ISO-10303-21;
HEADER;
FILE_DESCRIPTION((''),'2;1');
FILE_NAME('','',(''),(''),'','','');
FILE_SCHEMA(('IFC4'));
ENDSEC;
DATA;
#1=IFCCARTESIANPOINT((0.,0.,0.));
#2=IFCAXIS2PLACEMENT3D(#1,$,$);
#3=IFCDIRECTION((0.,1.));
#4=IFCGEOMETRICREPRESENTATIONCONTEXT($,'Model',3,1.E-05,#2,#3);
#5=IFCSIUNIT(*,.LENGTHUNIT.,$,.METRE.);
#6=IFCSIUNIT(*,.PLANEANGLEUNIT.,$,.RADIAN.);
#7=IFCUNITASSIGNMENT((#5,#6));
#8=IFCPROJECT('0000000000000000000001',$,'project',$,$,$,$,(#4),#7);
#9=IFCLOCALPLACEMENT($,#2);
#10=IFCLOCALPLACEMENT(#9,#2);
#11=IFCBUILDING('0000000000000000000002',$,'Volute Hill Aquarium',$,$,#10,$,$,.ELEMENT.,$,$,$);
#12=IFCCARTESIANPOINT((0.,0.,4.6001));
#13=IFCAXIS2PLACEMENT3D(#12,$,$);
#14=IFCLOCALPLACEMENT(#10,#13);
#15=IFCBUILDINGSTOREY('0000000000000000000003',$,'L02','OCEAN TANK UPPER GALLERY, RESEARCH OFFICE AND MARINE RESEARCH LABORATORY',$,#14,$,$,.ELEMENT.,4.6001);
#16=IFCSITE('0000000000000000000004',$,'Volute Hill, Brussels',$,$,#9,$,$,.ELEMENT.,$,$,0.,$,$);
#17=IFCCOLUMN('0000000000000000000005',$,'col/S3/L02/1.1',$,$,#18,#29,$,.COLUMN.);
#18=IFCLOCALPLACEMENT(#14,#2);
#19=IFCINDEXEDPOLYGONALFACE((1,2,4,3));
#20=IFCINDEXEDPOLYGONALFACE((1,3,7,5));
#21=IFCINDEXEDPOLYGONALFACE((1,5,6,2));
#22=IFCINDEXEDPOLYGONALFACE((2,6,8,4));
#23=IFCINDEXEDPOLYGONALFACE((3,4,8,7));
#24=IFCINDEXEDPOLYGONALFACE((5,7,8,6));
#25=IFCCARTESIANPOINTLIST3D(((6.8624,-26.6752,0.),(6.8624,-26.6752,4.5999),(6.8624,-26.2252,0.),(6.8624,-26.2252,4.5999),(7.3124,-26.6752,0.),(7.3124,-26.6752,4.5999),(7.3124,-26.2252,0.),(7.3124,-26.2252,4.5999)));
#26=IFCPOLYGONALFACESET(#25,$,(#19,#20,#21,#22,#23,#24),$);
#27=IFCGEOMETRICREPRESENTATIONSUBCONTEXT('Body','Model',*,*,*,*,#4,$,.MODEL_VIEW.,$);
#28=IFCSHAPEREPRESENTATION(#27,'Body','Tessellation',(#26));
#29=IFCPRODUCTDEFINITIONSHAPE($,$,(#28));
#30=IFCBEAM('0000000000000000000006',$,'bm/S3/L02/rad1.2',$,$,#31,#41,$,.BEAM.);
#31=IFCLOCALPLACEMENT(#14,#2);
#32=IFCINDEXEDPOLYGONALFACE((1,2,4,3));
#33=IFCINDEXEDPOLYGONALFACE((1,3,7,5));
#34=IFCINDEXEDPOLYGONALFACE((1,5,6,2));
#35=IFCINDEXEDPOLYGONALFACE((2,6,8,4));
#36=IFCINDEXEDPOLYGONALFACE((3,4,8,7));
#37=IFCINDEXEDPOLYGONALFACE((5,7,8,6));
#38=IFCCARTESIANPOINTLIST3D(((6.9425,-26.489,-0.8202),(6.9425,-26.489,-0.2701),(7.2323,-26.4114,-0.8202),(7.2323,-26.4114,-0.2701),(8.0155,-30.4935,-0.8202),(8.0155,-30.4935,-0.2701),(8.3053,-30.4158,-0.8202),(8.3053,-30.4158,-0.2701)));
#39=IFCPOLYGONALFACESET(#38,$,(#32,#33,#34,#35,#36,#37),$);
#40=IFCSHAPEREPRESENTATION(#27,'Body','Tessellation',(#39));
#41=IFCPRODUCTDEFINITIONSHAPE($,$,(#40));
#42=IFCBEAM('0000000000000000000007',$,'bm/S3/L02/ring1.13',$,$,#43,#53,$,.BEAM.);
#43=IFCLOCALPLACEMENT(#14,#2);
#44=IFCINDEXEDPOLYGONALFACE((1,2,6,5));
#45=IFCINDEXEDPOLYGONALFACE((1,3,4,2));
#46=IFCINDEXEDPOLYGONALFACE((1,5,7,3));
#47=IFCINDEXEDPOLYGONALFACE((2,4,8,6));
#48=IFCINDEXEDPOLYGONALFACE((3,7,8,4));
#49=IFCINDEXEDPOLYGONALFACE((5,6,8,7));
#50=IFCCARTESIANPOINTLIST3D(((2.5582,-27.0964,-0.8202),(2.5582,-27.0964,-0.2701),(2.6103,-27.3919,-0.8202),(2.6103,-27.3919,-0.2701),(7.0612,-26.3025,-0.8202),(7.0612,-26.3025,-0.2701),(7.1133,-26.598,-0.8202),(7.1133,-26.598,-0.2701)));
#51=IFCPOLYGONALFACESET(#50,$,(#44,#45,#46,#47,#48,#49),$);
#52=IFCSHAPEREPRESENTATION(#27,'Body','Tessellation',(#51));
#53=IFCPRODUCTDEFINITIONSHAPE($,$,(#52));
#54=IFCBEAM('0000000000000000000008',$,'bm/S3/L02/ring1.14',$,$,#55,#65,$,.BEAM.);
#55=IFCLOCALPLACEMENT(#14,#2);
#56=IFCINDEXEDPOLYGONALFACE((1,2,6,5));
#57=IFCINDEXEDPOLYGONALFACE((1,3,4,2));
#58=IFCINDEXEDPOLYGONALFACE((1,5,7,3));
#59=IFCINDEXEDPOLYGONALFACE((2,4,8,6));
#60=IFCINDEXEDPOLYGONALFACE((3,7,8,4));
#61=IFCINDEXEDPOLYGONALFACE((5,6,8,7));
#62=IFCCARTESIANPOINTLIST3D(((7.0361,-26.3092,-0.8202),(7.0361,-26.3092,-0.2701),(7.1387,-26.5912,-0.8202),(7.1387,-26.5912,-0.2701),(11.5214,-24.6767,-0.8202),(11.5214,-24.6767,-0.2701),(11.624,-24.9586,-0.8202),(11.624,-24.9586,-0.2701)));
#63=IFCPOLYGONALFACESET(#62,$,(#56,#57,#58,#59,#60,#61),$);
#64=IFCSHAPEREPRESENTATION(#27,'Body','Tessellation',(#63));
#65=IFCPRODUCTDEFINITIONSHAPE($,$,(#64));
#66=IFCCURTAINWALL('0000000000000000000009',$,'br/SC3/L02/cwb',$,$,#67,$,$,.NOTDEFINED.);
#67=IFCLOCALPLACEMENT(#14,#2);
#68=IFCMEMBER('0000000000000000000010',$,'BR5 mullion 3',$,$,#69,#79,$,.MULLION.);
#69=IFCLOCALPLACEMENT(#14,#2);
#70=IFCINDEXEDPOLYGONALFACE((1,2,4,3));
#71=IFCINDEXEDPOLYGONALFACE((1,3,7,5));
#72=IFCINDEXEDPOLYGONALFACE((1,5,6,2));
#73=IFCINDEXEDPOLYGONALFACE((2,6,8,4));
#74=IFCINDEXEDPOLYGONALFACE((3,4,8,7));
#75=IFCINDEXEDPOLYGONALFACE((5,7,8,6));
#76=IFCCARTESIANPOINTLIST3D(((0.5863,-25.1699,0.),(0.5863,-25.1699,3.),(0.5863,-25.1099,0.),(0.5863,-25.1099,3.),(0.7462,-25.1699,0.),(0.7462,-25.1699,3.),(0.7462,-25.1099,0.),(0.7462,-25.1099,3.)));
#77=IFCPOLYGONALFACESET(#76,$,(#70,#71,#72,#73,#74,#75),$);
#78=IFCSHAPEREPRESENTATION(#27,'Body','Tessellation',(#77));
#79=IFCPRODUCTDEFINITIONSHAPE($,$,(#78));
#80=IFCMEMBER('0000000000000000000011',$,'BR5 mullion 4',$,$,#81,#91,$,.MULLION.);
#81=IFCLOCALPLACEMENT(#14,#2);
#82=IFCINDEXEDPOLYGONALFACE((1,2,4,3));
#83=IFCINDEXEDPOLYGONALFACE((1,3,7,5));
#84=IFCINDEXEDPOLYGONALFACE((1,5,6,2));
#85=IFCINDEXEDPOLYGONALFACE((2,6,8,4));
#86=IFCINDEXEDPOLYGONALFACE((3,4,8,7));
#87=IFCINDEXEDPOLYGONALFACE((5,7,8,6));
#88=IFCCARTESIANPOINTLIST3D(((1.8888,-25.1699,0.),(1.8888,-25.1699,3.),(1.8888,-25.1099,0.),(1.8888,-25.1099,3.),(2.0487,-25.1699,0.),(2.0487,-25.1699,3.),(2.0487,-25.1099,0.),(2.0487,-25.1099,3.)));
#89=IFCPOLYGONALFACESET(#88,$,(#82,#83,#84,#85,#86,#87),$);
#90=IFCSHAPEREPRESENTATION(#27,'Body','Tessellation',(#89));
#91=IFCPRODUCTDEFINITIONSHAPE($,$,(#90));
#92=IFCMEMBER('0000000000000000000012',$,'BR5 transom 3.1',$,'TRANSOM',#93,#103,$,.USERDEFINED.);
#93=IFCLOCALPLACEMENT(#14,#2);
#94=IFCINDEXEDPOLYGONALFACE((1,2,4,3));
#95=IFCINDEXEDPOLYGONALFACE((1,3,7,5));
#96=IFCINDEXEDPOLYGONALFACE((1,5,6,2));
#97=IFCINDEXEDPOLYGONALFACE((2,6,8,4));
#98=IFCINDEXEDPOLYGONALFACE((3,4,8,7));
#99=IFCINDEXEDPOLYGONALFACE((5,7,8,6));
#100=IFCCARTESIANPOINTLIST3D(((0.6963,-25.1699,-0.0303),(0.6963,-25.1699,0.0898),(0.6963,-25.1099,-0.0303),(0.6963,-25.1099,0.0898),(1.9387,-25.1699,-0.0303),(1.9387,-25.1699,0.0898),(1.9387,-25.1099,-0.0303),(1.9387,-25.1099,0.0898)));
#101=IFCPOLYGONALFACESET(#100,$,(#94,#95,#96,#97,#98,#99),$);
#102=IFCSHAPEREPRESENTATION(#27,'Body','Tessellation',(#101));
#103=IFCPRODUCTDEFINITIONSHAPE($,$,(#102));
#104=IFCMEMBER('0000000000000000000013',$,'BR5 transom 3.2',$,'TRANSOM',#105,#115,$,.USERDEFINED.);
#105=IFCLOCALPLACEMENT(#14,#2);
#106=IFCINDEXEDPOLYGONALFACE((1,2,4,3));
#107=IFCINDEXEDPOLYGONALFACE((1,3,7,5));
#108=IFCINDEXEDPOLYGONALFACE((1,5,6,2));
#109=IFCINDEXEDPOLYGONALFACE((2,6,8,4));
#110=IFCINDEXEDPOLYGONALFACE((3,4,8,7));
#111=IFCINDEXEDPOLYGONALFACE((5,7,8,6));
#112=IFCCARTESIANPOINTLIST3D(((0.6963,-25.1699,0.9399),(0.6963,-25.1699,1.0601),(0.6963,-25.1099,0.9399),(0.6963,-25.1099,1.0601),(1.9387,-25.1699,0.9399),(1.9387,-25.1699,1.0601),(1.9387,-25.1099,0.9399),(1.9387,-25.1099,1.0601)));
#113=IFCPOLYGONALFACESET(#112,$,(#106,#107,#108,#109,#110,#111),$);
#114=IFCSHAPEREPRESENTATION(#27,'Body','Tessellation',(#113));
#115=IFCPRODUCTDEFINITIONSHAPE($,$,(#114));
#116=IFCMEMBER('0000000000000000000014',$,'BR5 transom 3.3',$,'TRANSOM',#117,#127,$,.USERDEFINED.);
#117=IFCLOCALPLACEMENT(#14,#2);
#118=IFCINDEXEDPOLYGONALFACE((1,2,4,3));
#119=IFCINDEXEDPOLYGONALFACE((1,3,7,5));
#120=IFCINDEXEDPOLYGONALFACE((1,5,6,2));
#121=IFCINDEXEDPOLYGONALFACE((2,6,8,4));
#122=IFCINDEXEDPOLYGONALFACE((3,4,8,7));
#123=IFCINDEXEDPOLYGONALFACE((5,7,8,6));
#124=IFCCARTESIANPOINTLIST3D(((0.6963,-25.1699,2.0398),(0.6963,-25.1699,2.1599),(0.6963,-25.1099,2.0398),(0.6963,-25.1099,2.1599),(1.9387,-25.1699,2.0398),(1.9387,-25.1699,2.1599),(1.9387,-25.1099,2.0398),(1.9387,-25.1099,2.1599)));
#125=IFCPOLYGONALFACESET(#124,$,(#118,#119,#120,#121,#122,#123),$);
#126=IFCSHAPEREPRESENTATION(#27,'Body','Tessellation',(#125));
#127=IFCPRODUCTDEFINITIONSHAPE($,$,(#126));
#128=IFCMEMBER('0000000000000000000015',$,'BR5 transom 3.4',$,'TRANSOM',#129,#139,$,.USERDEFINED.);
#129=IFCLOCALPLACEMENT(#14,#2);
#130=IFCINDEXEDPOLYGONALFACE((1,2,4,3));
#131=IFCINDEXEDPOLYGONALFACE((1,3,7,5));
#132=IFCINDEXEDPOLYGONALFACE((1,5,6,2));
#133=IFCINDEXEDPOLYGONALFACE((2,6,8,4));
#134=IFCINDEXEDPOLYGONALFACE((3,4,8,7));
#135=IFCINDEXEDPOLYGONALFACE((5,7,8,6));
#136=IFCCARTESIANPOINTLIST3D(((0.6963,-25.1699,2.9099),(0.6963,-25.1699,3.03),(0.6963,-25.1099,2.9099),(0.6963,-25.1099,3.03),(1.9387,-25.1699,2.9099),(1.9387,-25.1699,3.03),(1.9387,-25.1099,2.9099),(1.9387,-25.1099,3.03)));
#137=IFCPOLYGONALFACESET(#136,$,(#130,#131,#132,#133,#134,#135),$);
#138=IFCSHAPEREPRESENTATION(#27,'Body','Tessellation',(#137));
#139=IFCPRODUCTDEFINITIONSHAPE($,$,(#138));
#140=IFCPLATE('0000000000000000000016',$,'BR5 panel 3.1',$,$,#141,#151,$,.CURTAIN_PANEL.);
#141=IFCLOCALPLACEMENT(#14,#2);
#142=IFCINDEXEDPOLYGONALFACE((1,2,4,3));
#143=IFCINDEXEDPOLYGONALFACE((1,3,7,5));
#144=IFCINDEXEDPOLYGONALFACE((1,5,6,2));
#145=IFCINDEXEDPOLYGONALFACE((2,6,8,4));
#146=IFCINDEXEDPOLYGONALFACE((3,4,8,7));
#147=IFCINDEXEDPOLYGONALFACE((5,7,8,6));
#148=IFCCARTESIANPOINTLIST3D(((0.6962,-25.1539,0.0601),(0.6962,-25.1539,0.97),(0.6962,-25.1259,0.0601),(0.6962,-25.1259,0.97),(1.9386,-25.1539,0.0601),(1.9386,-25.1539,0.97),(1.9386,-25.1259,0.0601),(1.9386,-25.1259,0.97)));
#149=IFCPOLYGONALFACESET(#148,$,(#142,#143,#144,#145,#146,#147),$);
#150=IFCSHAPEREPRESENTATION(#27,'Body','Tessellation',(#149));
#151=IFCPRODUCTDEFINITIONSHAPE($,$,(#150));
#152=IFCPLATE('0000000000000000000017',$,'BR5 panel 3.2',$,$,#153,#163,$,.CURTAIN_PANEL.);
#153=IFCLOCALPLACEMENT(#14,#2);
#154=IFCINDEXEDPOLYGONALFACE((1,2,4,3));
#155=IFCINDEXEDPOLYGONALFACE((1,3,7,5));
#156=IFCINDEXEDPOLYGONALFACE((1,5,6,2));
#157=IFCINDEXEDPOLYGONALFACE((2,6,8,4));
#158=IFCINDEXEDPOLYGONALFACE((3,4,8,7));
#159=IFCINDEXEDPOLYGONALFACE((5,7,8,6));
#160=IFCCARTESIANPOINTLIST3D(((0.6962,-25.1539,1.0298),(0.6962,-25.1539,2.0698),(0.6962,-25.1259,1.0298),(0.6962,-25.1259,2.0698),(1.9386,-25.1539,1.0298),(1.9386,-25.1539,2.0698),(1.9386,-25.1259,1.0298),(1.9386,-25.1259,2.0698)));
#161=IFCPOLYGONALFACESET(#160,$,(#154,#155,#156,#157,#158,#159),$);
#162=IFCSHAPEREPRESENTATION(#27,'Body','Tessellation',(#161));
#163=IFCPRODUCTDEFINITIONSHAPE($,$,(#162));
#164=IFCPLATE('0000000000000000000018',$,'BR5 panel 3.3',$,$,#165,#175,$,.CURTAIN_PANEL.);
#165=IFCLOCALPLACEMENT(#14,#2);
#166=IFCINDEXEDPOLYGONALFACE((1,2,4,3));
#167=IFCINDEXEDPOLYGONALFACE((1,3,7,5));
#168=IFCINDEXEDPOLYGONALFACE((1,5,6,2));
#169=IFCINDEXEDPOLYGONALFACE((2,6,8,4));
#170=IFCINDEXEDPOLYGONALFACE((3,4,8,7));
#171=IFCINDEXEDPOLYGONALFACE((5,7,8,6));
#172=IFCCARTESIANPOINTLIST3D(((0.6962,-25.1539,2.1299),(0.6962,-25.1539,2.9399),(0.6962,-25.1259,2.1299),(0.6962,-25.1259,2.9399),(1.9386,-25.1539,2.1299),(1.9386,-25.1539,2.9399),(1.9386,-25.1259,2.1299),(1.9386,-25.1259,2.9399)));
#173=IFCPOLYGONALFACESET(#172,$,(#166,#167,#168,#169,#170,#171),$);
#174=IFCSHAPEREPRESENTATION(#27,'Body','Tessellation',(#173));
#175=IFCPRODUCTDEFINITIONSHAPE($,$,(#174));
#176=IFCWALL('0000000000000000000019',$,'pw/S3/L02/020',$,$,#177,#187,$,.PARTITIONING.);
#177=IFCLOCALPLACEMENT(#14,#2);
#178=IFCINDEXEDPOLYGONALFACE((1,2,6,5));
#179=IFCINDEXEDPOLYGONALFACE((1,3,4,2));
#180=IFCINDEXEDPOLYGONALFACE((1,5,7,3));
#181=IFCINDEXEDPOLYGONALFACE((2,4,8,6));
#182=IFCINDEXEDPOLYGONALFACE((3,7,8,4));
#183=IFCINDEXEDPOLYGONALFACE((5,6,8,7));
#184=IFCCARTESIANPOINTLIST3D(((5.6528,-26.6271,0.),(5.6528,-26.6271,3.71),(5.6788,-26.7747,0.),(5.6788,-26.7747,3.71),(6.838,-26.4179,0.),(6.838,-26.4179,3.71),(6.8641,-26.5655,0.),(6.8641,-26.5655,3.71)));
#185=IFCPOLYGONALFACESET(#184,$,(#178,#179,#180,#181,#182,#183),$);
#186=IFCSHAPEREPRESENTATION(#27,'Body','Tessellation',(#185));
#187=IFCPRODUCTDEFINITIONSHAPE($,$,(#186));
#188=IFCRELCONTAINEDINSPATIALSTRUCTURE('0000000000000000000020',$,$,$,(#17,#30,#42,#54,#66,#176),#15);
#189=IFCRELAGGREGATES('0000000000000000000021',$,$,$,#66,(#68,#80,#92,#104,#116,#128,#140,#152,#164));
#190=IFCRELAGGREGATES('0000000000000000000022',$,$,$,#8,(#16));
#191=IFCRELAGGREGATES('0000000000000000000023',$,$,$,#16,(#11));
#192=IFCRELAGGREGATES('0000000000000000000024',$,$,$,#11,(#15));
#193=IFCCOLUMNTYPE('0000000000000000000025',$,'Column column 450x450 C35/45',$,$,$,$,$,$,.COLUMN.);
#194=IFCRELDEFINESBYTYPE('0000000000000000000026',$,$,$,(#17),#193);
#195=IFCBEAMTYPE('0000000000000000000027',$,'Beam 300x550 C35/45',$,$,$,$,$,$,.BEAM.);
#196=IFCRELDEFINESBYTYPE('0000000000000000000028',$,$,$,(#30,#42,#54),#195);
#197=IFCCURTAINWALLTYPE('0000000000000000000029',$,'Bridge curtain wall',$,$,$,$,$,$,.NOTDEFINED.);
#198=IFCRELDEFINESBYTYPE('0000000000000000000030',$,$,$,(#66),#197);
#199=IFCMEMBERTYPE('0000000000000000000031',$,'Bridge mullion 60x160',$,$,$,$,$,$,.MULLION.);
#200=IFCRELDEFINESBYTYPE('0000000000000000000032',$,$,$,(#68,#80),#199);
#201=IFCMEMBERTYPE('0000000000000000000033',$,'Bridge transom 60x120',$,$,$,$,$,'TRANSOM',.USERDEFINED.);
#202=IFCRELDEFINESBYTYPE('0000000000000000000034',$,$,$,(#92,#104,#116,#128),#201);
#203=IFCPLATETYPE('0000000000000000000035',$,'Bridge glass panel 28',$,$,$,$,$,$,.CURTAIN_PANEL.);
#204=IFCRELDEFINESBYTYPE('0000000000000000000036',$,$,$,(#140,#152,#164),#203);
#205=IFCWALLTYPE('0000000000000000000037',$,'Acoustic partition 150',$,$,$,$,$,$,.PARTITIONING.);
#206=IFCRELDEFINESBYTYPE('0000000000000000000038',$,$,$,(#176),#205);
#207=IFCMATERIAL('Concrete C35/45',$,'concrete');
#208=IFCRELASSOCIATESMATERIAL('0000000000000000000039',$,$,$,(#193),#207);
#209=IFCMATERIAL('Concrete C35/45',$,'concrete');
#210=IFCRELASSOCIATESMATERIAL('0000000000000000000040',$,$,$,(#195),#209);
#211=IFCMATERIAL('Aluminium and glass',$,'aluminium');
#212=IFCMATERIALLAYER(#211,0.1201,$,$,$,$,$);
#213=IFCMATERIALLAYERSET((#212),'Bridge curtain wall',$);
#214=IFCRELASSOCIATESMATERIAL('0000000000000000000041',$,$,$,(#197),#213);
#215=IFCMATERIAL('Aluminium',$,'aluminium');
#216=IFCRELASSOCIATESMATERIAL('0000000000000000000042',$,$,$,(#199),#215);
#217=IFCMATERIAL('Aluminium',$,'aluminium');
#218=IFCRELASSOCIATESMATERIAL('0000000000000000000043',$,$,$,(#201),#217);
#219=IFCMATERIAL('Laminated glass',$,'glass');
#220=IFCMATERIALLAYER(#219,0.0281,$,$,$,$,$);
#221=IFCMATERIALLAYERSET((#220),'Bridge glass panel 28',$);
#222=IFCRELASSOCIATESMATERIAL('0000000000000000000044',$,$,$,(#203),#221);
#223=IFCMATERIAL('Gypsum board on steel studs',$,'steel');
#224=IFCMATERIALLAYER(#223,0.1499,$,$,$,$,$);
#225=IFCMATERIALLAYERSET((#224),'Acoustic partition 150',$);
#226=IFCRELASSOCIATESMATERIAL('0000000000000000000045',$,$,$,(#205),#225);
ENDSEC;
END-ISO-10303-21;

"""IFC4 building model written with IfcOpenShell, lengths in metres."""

from ifc_helpers import new_model, si_unit, direction, frame, frame_2d, origin, origin_2d, place, context, subcontext, project, spatial, rectangle, extrude, material, layer, layer_set, material_profile, profile_set, type_object, element, aggregate, save


model = new_model("IFC4")

# Units and contexts
model_context = context("Model", 3, precision=1e-05, world=origin(), true_north=direction((0.0, 1.0)))
body_context = subcontext(model_context, "Body", "Model", "MODEL_VIEW")
ifc_project = project(units=[si_unit("LENGTHUNIT", "METRE"), si_unit("PLANEANGLEUNIT", "RADIAN")], contexts=[model_context])

# Site, building, storey
site_placement = place(None, origin())
site = spatial("IfcSite", under=ifc_project, at=site_placement, Name="Volute Hill, Brussels", CompositionType="ELEMENT", RefElevation=0.0)
building_placement = place(site_placement, origin())
building = spatial("IfcBuilding", under=site, at=building_placement, Name="Volute Hill Aquarium", CompositionType="ELEMENT")
storey_placement = place(building_placement, frame((0.0, 0.0, 4.6001)))
storey = spatial("IfcBuildingStorey", under=building, at=storey_placement, Name="L02", Description="OCEAN TANK UPPER GALLERY, RESEARCH OFFICE AND MARINE RESEARCH LABORATORY", CompositionType="ELEMENT", Elevation=4.6001)

# Column
ifc_material_1 = material(Name="Concrete C35/45", Category="concrete")
ifc_material_profile_1 = material_profile(ifc_material_1, rectangle(XDim=0.45, YDim=0.45, at=origin_2d()), Name="RC column 450x450")
ifc_profile_set_1 = profile_set([ifc_material_profile_1], Name="Concrete C35/45")
column_type = type_object("IfcColumnType", Name="Column column 450x450 C35/45", PredefinedType="COLUMN", material=ifc_profile_set_1)
column_placement = place(storey_placement, frame((7.0874, -26.4502, 0.0), z_axis=(0.0, 0.0, 1.0), x_axis=(1.0, 0.0, 0.0)))
element("IfcColumn", 1, at=column_placement, inside=storey, type_object=column_type, Name="col/S3/L02/1.1", PredefinedType="COLUMN", context=body_context, shape_type="SweptSolid", body=[
    extrude(rectangle(XDim=0.45, YDim=0.45, at=origin_2d()), origin(), (0.0, 0.0, 1.0), 4.5999),
])

# Beams
ifc_material_2 = material(Name="Concrete C35/45", Category="concrete")
ifc_material_profile_2 = material_profile(ifc_material_2, rectangle(XDim=0.3, YDim=0.55, at=origin_2d()), Name="RC beam 300x550")
ifc_profile_set_2 = profile_set([ifc_material_profile_2], Name="Concrete C35/45")
beam_type = type_object("IfcBeamType", Name="Beam 300x550 C35/45", PredefinedType="BEAM", material=ifc_profile_set_2)
beam_1_placement = place(storey_placement, frame((7.0874, -26.4502, -0.5452), z_axis=(0.258824, -0.965924, 0.0), x_axis=(0.965924, 0.258824, 0.0)))
element("IfcBeam", 2, at=beam_1_placement, inside=storey, type_object=beam_type, Name="bm/S3/L02/rad1.2", PredefinedType="BEAM", context=body_context, shape_type="SweptSolid", body=[
    extrude(rectangle(XDim=0.3, YDim=0.55, at=origin_2d()), origin(), (0.0, 0.0, 1.0), 4.1458),
])
beam_2_placement = place(storey_placement, frame((2.5842, -27.2441, -0.5452), z_axis=(0.984811, 0.17363, 0.0), x_axis=(-0.17363, 0.984811, 0.0)))
element("IfcBeam", 3, at=beam_2_placement, inside=storey, type_object=beam_type, Name="bm/S3/L02/ring1.13", PredefinedType="BEAM", context=body_context, shape_type="SweptSolid", body=[
    extrude(rectangle(XDim=0.3, YDim=0.55, at=origin_2d()), origin(), (0.0, 0.0, 1.0), 4.5725),
])
beam_3_placement = place(storey_placement, frame((7.0874, -26.4502, -0.5452), z_axis=(0.93969, 0.342026, 0.0), x_axis=(-0.342026, 0.93969, 0.0)))
element("IfcBeam", 4, at=beam_3_placement, inside=storey, type_object=beam_type, Name="bm/S3/L02/ring1.14", PredefinedType="BEAM", context=body_context, shape_type="SweptSolid", body=[
    extrude(rectangle(XDim=0.3, YDim=0.55, at=origin_2d()), origin(), (0.0, 0.0, 1.0), 4.7732),
])

# Curtain wall, members, plates
ifc_material_3 = material(Name="Aluminium and glass", Category="aluminium")
ifc_layer_1 = layer(ifc_material_3, 0.1201)
ifc_layer_set_1 = layer_set([ifc_layer_1], Name="Bridge curtain wall")
curtain_wall_type = type_object("IfcCurtainWallType", Name="Bridge curtain wall", PredefinedType="NOTDEFINED", material=ifc_layer_set_1)
curtain_wall_placement = place(storey_placement, origin())
curtain_wall = element("IfcCurtainWall", 5, at=curtain_wall_placement, inside=storey, type_object=curtain_wall_type, Name="br/SC3/L02/cwb", PredefinedType="NOTDEFINED")
ifc_material_4 = material(Name="Aluminium", Category="aluminium")
ifc_material_profile_3 = material_profile(ifc_material_4, rectangle(XDim=0.0601, YDim=0.1599, at=origin_2d()), Name="Aluminium mullion 60x160")
ifc_profile_set_3 = profile_set([ifc_material_profile_3], Name="Aluminium")
member_type_1 = type_object("IfcMemberType", Name="Bridge mullion 60x160", PredefinedType="MULLION", material=ifc_profile_set_3)
member_1_placement = place(storey_placement, frame((0.6663, -25.1399, 0.0), z_axis=(0.0, 0.0, 1.0), x_axis=(0.0, 1.0, 0.0)))
member_1 = element("IfcMember", 6, at=member_1_placement, type_object=member_type_1, Name="BR5 mullion 3", PredefinedType="MULLION", context=body_context, shape_type="SweptSolid", body=[
    extrude(rectangle(XDim=0.0601, YDim=0.1599, at=origin_2d()), origin(), (0.0, 0.0, 1.0), 3.0),
])
member_2_placement = place(storey_placement, frame((1.9688, -25.1399, 0.0), z_axis=(0.0, 0.0, 1.0), x_axis=(0.0, 1.0, 0.0)))
member_2 = element("IfcMember", 7, at=member_2_placement, type_object=member_type_1, Name="BR5 mullion 4", PredefinedType="MULLION", context=body_context, shape_type="SweptSolid", body=[
    extrude(rectangle(XDim=0.0601, YDim=0.1599, at=origin_2d()), origin(), (0.0, 0.0, 1.0), 3.0),
])
ifc_material_5 = material(Name="Aluminium", Category="aluminium")
ifc_material_profile_4 = material_profile(ifc_material_5, rectangle(XDim=0.0601, YDim=0.1201, at=origin_2d()), Name="Aluminium transom 60x120")
ifc_profile_set_4 = profile_set([ifc_material_profile_4], Name="Aluminium")
member_type_2 = type_object("IfcMemberType", Name="Bridge transom 60x120", ElementType="TRANSOM", PredefinedType="USERDEFINED", material=ifc_profile_set_4)
member_3_placement = place(storey_placement, frame((0.6963, -25.1399, 0.0298), z_axis=(1.0, 0.0, 0.0), x_axis=(0.0, 1.0, 0.0)))
member_3 = element("IfcMember", 8, at=member_3_placement, type_object=member_type_2, Name="BR5 transom 3.1", ObjectType="TRANSOM", PredefinedType="USERDEFINED", context=body_context, shape_type="SweptSolid", body=[
    extrude(rectangle(XDim=0.0601, YDim=0.1201, at=origin_2d()), origin(), (0.0, 0.0, 1.0), 1.2424),
])
member_4_placement = place(storey_placement, frame((0.6963, -25.1399, 1.0), z_axis=(1.0, 0.0, 0.0), x_axis=(0.0, 1.0, 0.0)))
member_4 = element("IfcMember", 9, at=member_4_placement, type_object=member_type_2, Name="BR5 transom 3.2", ObjectType="TRANSOM", PredefinedType="USERDEFINED", context=body_context, shape_type="SweptSolid", body=[
    extrude(rectangle(XDim=0.0601, YDim=0.1201, at=origin_2d()), origin(), (0.0, 0.0, 1.0), 1.2424),
])
member_5_placement = place(storey_placement, frame((0.6963, -25.1399, 2.0999), z_axis=(1.0, 0.0, 0.0), x_axis=(0.0, 1.0, 0.0)))
member_5 = element("IfcMember", 10, at=member_5_placement, type_object=member_type_2, Name="BR5 transom 3.3", ObjectType="TRANSOM", PredefinedType="USERDEFINED", context=body_context, shape_type="SweptSolid", body=[
    extrude(rectangle(XDim=0.0601, YDim=0.1201, at=origin_2d()), origin(), (0.0, 0.0, 1.0), 1.2424),
])
member_6_placement = place(storey_placement, frame((0.6963, -25.1399, 2.97), z_axis=(1.0, 0.0, 0.0), x_axis=(0.0, 1.0, 0.0)))
member_6 = element("IfcMember", 11, at=member_6_placement, type_object=member_type_2, Name="BR5 transom 3.4", ObjectType="TRANSOM", PredefinedType="USERDEFINED", context=body_context, shape_type="SweptSolid", body=[
    extrude(rectangle(XDim=0.0601, YDim=0.1201, at=origin_2d()), origin(), (0.0, 0.0, 1.0), 1.2424),
])
ifc_material_6 = material(Name="Laminated glass", Category="glass")
ifc_layer_2 = layer(ifc_material_6, 0.0281)
ifc_layer_set_2 = layer_set([ifc_layer_2], Name="Bridge glass panel 28")
plate_type = type_object("IfcPlateType", Name="Bridge glass panel 28", PredefinedType="CURTAIN_PANEL", material=ifc_layer_set_2)
plate_1_placement = place(storey_placement, frame((1.3174, -25.1399, 0.0601), z_axis=(0.0, 0.0, 1.0), x_axis=(1.0, 0.0, 0.0)))
plate_1 = element("IfcPlate", 12, at=plate_1_placement, type_object=plate_type, Name="BR5 panel 3.1", PredefinedType="CURTAIN_PANEL", context=body_context, shape_type="SweptSolid", body=[
    extrude(rectangle(XDim=1.2424, YDim=0.0281, at=origin_2d()), origin(), (0.0, 0.0, 1.0), 0.9099),
])
plate_2_placement = place(storey_placement, frame((1.3174, -25.1399, 1.0298), z_axis=(0.0, 0.0, 1.0), x_axis=(1.0, 0.0, 0.0)))
plate_2 = element("IfcPlate", 13, at=plate_2_placement, type_object=plate_type, Name="BR5 panel 3.2", PredefinedType="CURTAIN_PANEL", context=body_context, shape_type="SweptSolid", body=[
    extrude(rectangle(XDim=1.2424, YDim=0.0281, at=origin_2d()), origin(), (0.0, 0.0, 1.0), 1.04),
])
plate_3_placement = place(storey_placement, frame((1.3174, -25.1399, 2.1299), z_axis=(0.0, 0.0, 1.0), x_axis=(1.0, 0.0, 0.0)))
plate_3 = element("IfcPlate", 14, at=plate_3_placement, type_object=plate_type, Name="BR5 panel 3.3", PredefinedType="CURTAIN_PANEL", context=body_context, shape_type="SweptSolid", body=[
    extrude(rectangle(XDim=1.2424, YDim=0.0281, at=origin_2d()), origin(), (0.0, 0.0, 1.0), 0.8101),
])
aggregate(curtain_wall, [member_1, member_2, member_3, member_4, member_5, member_6, plate_1, plate_2, plate_3])

# Wall
ifc_material_7 = material(Name="Gypsum board on steel studs", Category="steel")
ifc_layer_3 = layer(ifc_material_7, 0.1499)
ifc_layer_set_3 = layer_set([ifc_layer_3], Name="Acoustic partition 150")
wall_type = type_object("IfcWallType", Name="Acoustic partition 150", PredefinedType="PARTITIONING", material=ifc_layer_set_3)
wall_placement = place(storey_placement, frame((6.8511, -26.4917, 0.0), z_axis=(0.0, 0.0, 1.0), x_axis=(-0.984775, -0.173832, 0.0)))
element("IfcWall", 15, at=wall_placement, inside=storey, type_object=wall_type, Name="pw/S3/L02/020", PredefinedType="PARTITIONING", context=body_context, shape_type="SweptSolid", body=[
    extrude(rectangle(XDim=1.2036, YDim=0.1499, at=frame_2d((0.6018, 0.0))), origin(), (0.0, 0.0, 1.0), 3.71),
])

save(model, "model.ifc")
